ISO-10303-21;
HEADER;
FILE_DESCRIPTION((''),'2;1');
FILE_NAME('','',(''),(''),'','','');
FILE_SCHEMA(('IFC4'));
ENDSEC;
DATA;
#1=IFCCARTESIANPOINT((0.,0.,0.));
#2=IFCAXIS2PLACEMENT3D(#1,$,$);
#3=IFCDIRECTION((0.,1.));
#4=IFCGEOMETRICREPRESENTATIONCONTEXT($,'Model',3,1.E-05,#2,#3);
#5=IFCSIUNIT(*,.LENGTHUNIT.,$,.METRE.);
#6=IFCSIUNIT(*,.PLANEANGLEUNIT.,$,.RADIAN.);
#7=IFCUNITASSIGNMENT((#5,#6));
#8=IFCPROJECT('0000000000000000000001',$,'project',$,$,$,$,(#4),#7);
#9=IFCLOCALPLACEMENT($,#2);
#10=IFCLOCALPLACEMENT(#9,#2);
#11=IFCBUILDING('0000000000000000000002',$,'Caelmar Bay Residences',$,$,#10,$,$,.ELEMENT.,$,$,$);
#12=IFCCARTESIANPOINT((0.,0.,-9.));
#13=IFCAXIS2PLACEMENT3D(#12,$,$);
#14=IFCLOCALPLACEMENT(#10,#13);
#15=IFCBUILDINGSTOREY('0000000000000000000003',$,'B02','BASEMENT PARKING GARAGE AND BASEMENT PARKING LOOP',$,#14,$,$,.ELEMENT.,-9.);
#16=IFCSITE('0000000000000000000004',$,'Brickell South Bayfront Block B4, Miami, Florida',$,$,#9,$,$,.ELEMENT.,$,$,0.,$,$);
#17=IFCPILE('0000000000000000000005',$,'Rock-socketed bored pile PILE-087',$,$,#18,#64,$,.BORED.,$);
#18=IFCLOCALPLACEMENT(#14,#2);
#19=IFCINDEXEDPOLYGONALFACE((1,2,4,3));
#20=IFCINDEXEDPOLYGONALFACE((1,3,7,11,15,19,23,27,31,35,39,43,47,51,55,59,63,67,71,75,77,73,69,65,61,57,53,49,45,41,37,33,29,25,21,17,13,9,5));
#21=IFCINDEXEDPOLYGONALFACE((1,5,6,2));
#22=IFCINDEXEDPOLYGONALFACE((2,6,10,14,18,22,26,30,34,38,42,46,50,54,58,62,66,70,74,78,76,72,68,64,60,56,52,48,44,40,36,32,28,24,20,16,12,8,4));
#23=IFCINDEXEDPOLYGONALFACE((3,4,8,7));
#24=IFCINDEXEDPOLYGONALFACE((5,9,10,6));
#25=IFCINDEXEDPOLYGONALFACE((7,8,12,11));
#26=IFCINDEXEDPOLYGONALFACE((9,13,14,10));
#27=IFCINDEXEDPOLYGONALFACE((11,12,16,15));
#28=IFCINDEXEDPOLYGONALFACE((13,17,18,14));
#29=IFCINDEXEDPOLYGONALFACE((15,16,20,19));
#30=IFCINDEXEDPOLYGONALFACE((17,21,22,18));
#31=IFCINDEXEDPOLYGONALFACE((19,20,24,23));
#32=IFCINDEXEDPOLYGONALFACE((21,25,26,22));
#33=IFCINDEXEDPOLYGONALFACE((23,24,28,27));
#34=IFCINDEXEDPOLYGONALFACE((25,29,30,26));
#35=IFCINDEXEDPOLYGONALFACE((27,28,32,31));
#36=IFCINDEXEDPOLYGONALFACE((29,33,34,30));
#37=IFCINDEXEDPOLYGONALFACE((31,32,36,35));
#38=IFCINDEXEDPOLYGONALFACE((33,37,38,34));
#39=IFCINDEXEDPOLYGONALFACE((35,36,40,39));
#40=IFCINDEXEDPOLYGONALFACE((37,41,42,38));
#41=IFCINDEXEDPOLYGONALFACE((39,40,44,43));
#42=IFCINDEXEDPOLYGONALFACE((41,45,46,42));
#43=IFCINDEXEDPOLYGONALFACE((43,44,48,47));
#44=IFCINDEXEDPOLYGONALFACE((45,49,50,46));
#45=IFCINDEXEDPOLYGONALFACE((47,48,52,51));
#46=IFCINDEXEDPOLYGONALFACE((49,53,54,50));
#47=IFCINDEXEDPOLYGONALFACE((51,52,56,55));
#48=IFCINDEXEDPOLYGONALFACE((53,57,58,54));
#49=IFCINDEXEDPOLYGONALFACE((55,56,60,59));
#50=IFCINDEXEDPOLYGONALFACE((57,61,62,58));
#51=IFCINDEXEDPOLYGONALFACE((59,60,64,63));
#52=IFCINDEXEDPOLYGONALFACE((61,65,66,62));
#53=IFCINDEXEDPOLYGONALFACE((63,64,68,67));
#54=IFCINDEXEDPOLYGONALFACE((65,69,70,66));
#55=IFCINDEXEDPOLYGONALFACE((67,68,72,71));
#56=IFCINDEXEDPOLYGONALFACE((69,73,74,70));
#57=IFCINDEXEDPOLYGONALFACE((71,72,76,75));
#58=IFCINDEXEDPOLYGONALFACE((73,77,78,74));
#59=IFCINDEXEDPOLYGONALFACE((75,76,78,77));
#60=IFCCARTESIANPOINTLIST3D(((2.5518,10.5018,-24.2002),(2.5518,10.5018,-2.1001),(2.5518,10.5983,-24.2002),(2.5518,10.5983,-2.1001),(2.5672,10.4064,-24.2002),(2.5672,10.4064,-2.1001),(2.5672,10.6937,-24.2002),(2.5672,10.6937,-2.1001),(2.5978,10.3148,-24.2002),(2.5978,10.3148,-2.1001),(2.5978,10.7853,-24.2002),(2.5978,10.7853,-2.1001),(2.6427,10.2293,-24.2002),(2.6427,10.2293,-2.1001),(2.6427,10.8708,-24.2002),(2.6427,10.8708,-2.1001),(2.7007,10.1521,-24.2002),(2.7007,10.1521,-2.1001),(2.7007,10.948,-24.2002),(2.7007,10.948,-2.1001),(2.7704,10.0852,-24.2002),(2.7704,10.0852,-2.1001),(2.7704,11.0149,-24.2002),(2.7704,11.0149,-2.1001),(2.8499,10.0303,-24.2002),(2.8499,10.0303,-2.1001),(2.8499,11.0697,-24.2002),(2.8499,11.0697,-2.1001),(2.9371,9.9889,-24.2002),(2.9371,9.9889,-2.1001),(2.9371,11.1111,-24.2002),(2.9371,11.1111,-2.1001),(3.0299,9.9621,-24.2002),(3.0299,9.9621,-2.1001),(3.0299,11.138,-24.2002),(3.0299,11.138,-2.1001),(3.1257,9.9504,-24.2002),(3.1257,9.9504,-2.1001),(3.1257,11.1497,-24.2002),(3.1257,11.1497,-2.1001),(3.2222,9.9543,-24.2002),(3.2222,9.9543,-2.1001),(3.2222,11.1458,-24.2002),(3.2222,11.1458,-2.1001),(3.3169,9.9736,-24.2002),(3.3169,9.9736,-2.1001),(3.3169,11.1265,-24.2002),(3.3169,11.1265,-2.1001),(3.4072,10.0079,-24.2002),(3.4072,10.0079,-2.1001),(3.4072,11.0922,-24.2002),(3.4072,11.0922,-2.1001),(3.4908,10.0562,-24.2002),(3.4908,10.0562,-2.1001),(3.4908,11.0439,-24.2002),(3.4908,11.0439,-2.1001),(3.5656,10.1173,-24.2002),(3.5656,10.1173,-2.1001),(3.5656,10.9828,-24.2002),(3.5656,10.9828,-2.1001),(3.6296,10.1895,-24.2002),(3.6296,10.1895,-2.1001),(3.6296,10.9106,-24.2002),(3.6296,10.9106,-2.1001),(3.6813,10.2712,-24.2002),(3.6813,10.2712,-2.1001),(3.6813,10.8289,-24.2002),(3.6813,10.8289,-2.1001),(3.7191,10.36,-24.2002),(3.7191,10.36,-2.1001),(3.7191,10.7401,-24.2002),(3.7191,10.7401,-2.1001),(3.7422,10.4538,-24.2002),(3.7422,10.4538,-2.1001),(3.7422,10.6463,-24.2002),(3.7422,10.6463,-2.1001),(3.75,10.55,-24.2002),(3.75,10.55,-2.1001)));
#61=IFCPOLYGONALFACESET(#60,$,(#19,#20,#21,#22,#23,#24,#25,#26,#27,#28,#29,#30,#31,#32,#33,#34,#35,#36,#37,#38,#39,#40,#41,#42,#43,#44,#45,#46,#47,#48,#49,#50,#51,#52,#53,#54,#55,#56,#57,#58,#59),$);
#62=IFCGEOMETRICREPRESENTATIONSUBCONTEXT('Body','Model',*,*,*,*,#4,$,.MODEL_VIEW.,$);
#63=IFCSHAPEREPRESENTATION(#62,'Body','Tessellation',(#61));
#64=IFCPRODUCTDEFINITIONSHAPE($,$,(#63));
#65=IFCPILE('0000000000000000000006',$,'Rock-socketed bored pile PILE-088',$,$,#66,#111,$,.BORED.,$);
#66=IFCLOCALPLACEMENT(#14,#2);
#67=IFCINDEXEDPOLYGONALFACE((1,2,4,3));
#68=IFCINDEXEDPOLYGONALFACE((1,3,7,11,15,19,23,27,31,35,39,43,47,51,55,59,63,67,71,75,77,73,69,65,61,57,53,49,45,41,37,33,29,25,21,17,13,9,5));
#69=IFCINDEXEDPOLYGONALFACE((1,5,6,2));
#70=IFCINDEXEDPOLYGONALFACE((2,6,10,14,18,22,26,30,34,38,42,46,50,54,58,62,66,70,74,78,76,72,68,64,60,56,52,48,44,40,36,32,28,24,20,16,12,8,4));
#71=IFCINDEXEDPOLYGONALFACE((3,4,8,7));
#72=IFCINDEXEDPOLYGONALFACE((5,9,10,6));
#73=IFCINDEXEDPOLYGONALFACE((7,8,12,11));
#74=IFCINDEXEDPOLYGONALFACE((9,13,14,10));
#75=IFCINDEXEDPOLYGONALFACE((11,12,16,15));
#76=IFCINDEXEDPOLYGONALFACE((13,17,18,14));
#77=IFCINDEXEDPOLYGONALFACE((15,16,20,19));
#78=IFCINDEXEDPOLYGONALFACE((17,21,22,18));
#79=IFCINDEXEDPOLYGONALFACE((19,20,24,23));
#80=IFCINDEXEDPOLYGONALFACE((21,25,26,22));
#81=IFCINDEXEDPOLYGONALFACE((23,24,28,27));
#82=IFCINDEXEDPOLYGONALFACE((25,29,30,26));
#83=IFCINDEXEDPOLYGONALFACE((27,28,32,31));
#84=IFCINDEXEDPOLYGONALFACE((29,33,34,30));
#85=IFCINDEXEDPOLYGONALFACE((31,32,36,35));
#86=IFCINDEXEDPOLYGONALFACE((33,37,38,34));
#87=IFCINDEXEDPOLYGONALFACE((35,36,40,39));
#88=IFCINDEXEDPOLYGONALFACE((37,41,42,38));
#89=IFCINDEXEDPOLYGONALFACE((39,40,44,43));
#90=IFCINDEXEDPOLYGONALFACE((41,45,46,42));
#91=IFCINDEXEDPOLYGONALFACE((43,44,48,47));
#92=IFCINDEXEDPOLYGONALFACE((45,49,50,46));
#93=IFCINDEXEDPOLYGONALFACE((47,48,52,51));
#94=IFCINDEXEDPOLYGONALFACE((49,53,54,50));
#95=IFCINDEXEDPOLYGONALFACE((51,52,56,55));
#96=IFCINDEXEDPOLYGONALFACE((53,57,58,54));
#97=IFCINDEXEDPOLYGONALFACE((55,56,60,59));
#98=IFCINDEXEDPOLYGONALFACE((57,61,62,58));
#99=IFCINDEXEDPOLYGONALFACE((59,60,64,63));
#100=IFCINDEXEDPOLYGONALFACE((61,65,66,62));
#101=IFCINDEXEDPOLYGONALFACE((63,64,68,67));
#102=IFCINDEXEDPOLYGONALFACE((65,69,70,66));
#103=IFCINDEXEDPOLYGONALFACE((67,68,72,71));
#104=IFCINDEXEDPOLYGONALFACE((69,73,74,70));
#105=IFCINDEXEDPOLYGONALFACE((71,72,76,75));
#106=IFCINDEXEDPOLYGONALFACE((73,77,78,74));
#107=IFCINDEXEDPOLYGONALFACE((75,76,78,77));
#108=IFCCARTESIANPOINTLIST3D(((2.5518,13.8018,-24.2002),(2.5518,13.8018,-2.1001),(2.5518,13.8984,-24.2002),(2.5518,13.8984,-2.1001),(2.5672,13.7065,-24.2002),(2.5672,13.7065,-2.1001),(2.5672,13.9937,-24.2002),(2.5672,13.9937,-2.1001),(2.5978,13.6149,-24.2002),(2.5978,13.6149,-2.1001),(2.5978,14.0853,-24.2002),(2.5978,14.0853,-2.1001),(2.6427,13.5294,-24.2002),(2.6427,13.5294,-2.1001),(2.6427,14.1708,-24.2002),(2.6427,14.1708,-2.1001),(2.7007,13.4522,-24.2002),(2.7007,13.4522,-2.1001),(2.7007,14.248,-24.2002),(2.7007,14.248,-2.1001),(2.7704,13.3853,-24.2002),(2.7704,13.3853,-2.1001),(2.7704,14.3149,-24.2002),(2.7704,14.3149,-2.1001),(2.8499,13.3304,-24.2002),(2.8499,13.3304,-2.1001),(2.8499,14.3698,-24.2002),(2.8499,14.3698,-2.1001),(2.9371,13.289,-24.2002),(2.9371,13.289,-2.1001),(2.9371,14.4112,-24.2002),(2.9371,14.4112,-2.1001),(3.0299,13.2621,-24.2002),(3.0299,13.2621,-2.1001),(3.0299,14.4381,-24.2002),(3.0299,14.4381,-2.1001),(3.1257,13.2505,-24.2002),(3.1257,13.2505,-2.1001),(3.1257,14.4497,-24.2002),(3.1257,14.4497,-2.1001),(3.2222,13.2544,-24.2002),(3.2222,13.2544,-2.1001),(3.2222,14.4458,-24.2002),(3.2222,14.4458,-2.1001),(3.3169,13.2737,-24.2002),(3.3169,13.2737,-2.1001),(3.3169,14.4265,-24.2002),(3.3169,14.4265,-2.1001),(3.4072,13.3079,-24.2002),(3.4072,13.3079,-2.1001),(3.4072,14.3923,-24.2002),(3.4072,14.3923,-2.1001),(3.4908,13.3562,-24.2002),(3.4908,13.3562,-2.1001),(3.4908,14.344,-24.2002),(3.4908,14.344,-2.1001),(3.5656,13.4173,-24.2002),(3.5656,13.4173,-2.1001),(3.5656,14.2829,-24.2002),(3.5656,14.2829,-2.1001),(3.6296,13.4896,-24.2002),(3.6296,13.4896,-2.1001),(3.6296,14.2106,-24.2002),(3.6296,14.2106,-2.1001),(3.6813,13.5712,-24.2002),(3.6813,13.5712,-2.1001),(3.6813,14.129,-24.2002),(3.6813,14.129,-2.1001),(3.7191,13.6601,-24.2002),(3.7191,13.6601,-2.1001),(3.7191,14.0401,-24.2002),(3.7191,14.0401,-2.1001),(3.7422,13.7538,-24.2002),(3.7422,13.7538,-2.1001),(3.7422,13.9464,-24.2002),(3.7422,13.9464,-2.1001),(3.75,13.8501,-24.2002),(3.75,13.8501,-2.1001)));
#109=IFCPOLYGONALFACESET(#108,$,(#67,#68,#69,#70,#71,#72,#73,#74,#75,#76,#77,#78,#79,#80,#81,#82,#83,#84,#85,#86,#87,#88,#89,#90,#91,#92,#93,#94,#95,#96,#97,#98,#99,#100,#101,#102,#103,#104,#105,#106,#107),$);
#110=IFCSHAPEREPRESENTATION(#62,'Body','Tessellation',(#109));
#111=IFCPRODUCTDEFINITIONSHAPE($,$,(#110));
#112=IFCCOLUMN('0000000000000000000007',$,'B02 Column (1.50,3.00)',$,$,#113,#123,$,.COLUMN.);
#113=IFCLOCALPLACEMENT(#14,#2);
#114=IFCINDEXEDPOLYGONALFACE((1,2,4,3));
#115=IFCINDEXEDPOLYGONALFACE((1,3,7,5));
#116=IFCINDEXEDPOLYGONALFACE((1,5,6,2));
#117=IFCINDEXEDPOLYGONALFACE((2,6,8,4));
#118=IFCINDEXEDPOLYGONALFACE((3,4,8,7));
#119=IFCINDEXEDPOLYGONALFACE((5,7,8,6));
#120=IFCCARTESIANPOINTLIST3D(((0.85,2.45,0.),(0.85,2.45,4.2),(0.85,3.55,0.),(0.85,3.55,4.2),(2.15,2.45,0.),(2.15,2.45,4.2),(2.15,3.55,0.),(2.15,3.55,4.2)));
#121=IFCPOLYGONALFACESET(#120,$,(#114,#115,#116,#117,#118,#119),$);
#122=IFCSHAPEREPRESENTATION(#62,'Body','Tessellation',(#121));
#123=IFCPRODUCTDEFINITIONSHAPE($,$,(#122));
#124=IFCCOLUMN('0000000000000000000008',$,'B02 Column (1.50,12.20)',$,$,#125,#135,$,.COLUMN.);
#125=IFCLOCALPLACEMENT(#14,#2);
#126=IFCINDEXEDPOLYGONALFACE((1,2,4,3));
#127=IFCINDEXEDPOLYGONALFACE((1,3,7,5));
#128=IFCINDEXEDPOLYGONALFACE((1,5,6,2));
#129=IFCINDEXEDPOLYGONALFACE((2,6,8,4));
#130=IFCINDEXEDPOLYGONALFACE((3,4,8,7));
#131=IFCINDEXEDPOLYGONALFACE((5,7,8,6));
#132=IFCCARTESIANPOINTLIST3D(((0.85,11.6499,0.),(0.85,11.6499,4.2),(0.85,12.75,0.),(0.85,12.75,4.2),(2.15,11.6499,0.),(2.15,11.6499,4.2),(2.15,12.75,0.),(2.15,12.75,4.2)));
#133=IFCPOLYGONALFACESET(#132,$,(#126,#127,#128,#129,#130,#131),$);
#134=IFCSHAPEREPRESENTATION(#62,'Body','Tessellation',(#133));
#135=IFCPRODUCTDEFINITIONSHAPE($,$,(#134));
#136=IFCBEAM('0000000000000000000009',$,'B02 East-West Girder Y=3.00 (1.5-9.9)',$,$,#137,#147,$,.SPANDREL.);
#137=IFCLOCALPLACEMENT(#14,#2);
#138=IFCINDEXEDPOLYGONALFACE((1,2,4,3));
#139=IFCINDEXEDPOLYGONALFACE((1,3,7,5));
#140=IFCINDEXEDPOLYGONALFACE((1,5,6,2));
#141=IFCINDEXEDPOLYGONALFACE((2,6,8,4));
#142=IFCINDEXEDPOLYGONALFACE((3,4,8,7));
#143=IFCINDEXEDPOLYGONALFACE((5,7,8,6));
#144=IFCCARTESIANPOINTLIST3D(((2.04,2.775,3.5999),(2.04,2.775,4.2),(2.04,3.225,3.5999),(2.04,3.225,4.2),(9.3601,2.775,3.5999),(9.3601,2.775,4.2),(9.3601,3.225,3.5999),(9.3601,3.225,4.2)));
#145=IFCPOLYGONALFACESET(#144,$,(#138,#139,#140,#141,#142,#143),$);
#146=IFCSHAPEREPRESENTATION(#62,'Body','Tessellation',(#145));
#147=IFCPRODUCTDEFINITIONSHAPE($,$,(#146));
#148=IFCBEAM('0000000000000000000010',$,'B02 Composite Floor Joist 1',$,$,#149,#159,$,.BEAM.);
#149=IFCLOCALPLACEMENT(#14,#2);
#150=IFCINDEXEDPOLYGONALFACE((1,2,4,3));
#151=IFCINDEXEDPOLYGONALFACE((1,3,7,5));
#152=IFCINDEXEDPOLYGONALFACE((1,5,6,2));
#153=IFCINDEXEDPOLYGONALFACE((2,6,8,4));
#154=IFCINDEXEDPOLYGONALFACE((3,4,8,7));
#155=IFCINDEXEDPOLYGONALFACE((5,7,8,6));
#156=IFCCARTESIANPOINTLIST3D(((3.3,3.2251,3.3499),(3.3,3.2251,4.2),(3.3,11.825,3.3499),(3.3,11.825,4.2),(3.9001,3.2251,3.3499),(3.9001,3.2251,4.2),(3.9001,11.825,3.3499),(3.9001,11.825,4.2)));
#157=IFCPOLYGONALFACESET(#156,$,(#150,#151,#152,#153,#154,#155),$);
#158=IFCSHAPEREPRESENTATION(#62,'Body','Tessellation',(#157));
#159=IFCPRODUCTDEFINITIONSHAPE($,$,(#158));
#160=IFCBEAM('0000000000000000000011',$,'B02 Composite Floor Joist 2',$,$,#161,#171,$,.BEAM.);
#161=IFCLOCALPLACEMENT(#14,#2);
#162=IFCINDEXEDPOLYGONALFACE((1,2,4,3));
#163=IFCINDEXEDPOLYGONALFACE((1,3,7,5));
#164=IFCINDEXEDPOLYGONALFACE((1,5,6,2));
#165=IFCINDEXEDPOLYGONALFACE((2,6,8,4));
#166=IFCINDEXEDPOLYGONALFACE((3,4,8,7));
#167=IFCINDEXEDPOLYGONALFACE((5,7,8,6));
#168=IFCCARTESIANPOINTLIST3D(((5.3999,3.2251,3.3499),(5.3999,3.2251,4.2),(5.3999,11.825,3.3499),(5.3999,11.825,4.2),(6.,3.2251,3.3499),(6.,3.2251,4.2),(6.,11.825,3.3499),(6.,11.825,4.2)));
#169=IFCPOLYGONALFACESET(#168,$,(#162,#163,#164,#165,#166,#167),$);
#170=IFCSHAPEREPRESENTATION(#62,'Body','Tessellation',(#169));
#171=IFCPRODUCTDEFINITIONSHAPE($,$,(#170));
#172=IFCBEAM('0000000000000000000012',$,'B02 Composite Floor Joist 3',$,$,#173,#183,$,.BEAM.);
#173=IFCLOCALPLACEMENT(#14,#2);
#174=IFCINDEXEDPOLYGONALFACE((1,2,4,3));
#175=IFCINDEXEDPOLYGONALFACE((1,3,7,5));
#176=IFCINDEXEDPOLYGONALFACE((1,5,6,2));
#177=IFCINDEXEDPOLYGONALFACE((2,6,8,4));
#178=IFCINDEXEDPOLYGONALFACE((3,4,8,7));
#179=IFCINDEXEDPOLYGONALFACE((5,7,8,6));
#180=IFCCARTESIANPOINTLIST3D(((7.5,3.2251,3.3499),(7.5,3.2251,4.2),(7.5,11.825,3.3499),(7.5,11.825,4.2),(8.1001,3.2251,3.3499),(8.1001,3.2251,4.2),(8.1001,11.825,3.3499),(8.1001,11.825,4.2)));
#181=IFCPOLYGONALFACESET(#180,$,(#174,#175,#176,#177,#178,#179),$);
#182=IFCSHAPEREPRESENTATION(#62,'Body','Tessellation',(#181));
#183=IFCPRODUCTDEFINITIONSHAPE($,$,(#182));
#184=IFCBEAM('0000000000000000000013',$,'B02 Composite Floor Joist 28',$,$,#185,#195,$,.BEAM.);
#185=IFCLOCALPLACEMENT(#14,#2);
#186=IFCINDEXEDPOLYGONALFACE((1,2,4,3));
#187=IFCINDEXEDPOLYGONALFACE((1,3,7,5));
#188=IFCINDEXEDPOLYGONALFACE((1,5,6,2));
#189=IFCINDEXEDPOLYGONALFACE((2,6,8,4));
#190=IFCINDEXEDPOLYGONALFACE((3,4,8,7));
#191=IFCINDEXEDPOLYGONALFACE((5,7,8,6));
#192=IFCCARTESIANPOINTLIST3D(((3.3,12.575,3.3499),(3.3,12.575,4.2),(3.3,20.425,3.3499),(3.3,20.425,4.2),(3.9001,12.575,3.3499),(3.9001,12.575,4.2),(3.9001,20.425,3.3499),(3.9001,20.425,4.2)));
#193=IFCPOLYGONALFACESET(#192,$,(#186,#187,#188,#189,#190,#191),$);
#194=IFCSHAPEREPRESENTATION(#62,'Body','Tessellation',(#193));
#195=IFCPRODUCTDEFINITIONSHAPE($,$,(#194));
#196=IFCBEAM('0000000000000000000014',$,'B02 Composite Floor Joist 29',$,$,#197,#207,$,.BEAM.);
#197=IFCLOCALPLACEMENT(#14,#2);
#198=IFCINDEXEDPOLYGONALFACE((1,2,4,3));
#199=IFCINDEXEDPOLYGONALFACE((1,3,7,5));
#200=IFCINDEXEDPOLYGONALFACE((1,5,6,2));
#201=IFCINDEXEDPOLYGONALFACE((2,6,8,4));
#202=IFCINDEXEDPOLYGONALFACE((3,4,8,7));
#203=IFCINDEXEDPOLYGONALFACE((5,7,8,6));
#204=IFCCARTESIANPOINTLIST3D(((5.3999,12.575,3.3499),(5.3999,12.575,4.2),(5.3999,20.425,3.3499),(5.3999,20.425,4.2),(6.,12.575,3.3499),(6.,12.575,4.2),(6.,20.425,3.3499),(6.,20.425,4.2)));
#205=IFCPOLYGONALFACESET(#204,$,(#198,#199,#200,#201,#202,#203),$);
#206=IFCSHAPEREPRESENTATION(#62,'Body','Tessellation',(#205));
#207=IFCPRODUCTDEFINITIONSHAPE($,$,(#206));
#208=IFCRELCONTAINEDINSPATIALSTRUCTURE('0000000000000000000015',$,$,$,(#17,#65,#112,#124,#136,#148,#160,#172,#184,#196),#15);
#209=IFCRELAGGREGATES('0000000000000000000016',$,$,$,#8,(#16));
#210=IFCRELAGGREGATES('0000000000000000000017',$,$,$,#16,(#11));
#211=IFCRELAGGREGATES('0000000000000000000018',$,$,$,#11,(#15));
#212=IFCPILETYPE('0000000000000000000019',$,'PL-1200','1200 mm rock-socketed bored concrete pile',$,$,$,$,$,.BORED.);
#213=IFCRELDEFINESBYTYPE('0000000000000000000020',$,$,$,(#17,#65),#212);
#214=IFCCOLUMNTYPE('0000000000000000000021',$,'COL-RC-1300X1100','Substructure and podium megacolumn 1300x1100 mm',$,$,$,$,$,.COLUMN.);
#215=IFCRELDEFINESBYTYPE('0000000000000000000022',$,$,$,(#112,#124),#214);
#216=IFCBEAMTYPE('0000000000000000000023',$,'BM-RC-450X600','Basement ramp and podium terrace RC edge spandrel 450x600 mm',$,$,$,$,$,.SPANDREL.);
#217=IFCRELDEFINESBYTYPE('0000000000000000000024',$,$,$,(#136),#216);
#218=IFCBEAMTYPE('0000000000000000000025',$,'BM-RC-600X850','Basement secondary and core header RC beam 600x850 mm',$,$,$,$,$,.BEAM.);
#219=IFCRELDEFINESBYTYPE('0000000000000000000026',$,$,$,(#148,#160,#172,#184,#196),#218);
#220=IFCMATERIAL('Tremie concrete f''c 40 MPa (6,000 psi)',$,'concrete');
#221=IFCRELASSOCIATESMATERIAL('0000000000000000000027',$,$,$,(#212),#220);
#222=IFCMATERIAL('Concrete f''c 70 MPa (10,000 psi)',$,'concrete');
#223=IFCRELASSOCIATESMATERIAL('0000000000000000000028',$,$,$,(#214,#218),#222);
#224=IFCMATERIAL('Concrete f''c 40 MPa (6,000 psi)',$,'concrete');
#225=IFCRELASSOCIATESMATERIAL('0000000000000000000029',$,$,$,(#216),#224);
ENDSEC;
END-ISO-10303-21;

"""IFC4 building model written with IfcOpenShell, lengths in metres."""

from ifc_helpers import new_model, si_unit, direction, frame, origin, origin_2d, place, context, subcontext, project, spatial, rectangle, circle, extrude, material, material_profile, profile_set, type_object, element, save


model = new_model("IFC4")

# Units and contexts
model_context = context("Model", 3, precision=1e-05, world=origin(), true_north=direction((0.0, 1.0)))
body_context = subcontext(model_context, "Body", "Model", "MODEL_VIEW")
ifc_project = project(units=[si_unit("LENGTHUNIT", "METRE"), si_unit("PLANEANGLEUNIT", "RADIAN")], contexts=[model_context])

# Site, building, storey
site_placement = place(None, origin())
site = spatial("IfcSite", under=ifc_project, at=site_placement, Name="Brickell South Bayfront Block B4, Miami, Florida", CompositionType="ELEMENT", RefElevation=0.0)
building_placement = place(site_placement, origin())
building = spatial("IfcBuilding", under=site, at=building_placement, Name="Caelmar Bay Residences", CompositionType="ELEMENT")
storey_placement = place(building_placement, frame((0.0, 0.0, -9.0)))
storey = spatial("IfcBuildingStorey", under=building, at=storey_placement, Name="B02", Description="BASEMENT PARKING GARAGE AND BASEMENT PARKING LOOP", CompositionType="ELEMENT", Elevation=-9.0)

# Shared definitions
ifc_material_1 = material(Name="Concrete f'c 40 MPa (6,000 psi)", Category="concrete")

# Piles
ifc_material_2 = material(Name="Tremie concrete f'c 40 MPa (6,000 psi)", Category="concrete")
ifc_material_profile_1 = material_profile(ifc_material_2, circle(Radius=0.6001, at=origin_2d()), Name="PILE-1200D")
ifc_profile_set_1 = profile_set([ifc_material_profile_1], Name="Tremie concrete f'c 40 MPa (6,000 psi)")
pile_type = type_object("IfcPileType", Name="PL-1200", Description="1200 mm rock-socketed bored concrete pile", PredefinedType="BORED", material=ifc_profile_set_1)
for number, where, z_axis, x_axis, name in (
    (1, (3.1499, 10.55, -2.1001), (0.0, 0.0, -1.0), (1.0, 0.0, 0.0), "Rock-socketed bored pile PILE-087"),
    (2, (3.1499, 13.8501, -2.1001), (0.0, 0.0, -1.0), (1.0, 0.0, 0.0), "Rock-socketed bored pile PILE-088"),
):
    element("IfcPile", number, at=place(storey_placement, frame(where, z_axis=z_axis, x_axis=x_axis)), inside=storey, type_object=pile_type, Name=name, PredefinedType="BORED", context=body_context, shape_type="SweptSolid", body=[
        extrude(circle(Radius=0.6001, at=origin_2d()), origin(), (0.0, 0.0, 1.0), 22.1001),
    ])

# Columns
ifc_material_3 = material(Name="Concrete f'c 70 MPa (10,000 psi)", Category="concrete")
ifc_material_profile_2 = material_profile(ifc_material_3, rectangle(XDim=1.3, YDim=1.1001, at=origin_2d()), Name="RC-COL-1300X1100")
ifc_profile_set_2 = profile_set([ifc_material_profile_2], Name="Concrete f'c 70 MPa (10,000 psi)")
column_type = type_object("IfcColumnType", Name="COL-RC-1300X1100", Description="Substructure and podium megacolumn 1300x1100 mm", PredefinedType="COLUMN", material=ifc_profile_set_2)
for number, where, z_axis, x_axis, name in (
    (3, (1.5, 3.0, 0.0), (0.0, 0.0, 1.0), (1.0, 0.0, 0.0), "B02 Column (1.50,3.00)"),
    (4, (1.5, 12.2, 0.0), (0.0, 0.0, 1.0), (1.0, 0.0, 0.0), "B02 Column (1.50,12.20)"),
):
    element("IfcColumn", number, at=place(storey_placement, frame(where, z_axis=z_axis, x_axis=x_axis)), inside=storey, type_object=column_type, Name=name, PredefinedType="COLUMN", context=body_context, shape_type="SweptSolid", body=[
        extrude(rectangle(XDim=1.3, YDim=1.1001, at=origin_2d()), origin(), (0.0, 0.0, 1.0), 4.2),
    ])

# Beams
ifc_material_profile_3 = material_profile(ifc_material_1, rectangle(XDim=0.45, YDim=0.6001, at=origin_2d()), Name="RC-BM-450X600")
ifc_profile_set_3 = profile_set([ifc_material_profile_3], Name="Concrete f'c 40 MPa (6,000 psi)")
beam_type_1 = type_object("IfcBeamType", Name="BM-RC-450X600", Description="Basement ramp and podium terrace RC edge spandrel 450x600 mm", PredefinedType="SPANDREL", material=ifc_profile_set_3)
beam_1_placement = place(storey_placement, frame((2.04, 3.0, 3.8999), z_axis=(1.0, 0.0, 0.0), x_axis=(0.0, 1.0, 0.0)))
element("IfcBeam", 5, at=beam_1_placement, inside=storey, type_object=beam_type_1, Name="B02 East-West Girder Y=3.00 (1.5-9.9)", PredefinedType="SPANDREL", context=body_context, shape_type="SweptSolid", body=[
    extrude(rectangle(XDim=0.45, YDim=0.6001, at=origin_2d()), origin(), (0.0, 0.0, 1.0), 7.3201),
])
ifc_material_profile_4 = material_profile(ifc_material_3, rectangle(XDim=0.6001, YDim=0.8501, at=origin_2d()), Name="RC-BM-600X850")
ifc_profile_set_4 = profile_set([ifc_material_profile_4], Name="Concrete f'c 70 MPa (10,000 psi)")
beam_type_2 = type_object("IfcBeamType", Name="BM-RC-600X850", Description="Basement secondary and core header RC beam 600x850 mm", PredefinedType="BEAM", material=ifc_profile_set_4)
for number, where, z_axis, x_axis, name in (
    (6, (3.6001, 3.2251, 3.7749), (0.0, 1.0, 0.0), (-1.0, 0.0, 0.0), "B02 Composite Floor Joist 1"),
    (7, (5.7, 3.2251, 3.7749), (0.0, 1.0, 0.0), (-1.0, 0.0, 0.0), "B02 Composite Floor Joist 2"),
    (8, (7.8, 3.2251, 3.7749), (0.0, 1.0, 0.0), (-1.0, 0.0, 0.0), "B02 Composite Floor Joist 3"),
):
    element("IfcBeam", number, at=place(storey_placement, frame(where, z_axis=z_axis, x_axis=x_axis)), inside=storey, type_object=beam_type_2, Name=name, PredefinedType="BEAM", context=body_context, shape_type="SweptSolid", body=[
        extrude(rectangle(XDim=0.6001, YDim=0.8501, at=origin_2d()), origin(), (0.0, 0.0, 1.0), 8.5999),
    ])
for number, where, z_axis, x_axis, name in (
    (9, (3.6001, 12.575, 3.7749), (0.0, 1.0, 0.0), (-1.0, 0.0, 0.0), "B02 Composite Floor Joist 28"),
    (10, (5.7, 12.575, 3.7749), (0.0, 1.0, 0.0), (-1.0, 0.0, 0.0), "B02 Composite Floor Joist 29"),
):
    element("IfcBeam", number, at=place(storey_placement, frame(where, z_axis=z_axis, x_axis=x_axis)), inside=storey, type_object=beam_type_2, Name=name, PredefinedType="BEAM", context=body_context, shape_type="SweptSolid", body=[
        extrude(rectangle(XDim=0.6001, YDim=0.8501, at=origin_2d()), origin(), (0.0, 0.0, 1.0), 7.8501),
    ])

save(model, "model.ifc")
